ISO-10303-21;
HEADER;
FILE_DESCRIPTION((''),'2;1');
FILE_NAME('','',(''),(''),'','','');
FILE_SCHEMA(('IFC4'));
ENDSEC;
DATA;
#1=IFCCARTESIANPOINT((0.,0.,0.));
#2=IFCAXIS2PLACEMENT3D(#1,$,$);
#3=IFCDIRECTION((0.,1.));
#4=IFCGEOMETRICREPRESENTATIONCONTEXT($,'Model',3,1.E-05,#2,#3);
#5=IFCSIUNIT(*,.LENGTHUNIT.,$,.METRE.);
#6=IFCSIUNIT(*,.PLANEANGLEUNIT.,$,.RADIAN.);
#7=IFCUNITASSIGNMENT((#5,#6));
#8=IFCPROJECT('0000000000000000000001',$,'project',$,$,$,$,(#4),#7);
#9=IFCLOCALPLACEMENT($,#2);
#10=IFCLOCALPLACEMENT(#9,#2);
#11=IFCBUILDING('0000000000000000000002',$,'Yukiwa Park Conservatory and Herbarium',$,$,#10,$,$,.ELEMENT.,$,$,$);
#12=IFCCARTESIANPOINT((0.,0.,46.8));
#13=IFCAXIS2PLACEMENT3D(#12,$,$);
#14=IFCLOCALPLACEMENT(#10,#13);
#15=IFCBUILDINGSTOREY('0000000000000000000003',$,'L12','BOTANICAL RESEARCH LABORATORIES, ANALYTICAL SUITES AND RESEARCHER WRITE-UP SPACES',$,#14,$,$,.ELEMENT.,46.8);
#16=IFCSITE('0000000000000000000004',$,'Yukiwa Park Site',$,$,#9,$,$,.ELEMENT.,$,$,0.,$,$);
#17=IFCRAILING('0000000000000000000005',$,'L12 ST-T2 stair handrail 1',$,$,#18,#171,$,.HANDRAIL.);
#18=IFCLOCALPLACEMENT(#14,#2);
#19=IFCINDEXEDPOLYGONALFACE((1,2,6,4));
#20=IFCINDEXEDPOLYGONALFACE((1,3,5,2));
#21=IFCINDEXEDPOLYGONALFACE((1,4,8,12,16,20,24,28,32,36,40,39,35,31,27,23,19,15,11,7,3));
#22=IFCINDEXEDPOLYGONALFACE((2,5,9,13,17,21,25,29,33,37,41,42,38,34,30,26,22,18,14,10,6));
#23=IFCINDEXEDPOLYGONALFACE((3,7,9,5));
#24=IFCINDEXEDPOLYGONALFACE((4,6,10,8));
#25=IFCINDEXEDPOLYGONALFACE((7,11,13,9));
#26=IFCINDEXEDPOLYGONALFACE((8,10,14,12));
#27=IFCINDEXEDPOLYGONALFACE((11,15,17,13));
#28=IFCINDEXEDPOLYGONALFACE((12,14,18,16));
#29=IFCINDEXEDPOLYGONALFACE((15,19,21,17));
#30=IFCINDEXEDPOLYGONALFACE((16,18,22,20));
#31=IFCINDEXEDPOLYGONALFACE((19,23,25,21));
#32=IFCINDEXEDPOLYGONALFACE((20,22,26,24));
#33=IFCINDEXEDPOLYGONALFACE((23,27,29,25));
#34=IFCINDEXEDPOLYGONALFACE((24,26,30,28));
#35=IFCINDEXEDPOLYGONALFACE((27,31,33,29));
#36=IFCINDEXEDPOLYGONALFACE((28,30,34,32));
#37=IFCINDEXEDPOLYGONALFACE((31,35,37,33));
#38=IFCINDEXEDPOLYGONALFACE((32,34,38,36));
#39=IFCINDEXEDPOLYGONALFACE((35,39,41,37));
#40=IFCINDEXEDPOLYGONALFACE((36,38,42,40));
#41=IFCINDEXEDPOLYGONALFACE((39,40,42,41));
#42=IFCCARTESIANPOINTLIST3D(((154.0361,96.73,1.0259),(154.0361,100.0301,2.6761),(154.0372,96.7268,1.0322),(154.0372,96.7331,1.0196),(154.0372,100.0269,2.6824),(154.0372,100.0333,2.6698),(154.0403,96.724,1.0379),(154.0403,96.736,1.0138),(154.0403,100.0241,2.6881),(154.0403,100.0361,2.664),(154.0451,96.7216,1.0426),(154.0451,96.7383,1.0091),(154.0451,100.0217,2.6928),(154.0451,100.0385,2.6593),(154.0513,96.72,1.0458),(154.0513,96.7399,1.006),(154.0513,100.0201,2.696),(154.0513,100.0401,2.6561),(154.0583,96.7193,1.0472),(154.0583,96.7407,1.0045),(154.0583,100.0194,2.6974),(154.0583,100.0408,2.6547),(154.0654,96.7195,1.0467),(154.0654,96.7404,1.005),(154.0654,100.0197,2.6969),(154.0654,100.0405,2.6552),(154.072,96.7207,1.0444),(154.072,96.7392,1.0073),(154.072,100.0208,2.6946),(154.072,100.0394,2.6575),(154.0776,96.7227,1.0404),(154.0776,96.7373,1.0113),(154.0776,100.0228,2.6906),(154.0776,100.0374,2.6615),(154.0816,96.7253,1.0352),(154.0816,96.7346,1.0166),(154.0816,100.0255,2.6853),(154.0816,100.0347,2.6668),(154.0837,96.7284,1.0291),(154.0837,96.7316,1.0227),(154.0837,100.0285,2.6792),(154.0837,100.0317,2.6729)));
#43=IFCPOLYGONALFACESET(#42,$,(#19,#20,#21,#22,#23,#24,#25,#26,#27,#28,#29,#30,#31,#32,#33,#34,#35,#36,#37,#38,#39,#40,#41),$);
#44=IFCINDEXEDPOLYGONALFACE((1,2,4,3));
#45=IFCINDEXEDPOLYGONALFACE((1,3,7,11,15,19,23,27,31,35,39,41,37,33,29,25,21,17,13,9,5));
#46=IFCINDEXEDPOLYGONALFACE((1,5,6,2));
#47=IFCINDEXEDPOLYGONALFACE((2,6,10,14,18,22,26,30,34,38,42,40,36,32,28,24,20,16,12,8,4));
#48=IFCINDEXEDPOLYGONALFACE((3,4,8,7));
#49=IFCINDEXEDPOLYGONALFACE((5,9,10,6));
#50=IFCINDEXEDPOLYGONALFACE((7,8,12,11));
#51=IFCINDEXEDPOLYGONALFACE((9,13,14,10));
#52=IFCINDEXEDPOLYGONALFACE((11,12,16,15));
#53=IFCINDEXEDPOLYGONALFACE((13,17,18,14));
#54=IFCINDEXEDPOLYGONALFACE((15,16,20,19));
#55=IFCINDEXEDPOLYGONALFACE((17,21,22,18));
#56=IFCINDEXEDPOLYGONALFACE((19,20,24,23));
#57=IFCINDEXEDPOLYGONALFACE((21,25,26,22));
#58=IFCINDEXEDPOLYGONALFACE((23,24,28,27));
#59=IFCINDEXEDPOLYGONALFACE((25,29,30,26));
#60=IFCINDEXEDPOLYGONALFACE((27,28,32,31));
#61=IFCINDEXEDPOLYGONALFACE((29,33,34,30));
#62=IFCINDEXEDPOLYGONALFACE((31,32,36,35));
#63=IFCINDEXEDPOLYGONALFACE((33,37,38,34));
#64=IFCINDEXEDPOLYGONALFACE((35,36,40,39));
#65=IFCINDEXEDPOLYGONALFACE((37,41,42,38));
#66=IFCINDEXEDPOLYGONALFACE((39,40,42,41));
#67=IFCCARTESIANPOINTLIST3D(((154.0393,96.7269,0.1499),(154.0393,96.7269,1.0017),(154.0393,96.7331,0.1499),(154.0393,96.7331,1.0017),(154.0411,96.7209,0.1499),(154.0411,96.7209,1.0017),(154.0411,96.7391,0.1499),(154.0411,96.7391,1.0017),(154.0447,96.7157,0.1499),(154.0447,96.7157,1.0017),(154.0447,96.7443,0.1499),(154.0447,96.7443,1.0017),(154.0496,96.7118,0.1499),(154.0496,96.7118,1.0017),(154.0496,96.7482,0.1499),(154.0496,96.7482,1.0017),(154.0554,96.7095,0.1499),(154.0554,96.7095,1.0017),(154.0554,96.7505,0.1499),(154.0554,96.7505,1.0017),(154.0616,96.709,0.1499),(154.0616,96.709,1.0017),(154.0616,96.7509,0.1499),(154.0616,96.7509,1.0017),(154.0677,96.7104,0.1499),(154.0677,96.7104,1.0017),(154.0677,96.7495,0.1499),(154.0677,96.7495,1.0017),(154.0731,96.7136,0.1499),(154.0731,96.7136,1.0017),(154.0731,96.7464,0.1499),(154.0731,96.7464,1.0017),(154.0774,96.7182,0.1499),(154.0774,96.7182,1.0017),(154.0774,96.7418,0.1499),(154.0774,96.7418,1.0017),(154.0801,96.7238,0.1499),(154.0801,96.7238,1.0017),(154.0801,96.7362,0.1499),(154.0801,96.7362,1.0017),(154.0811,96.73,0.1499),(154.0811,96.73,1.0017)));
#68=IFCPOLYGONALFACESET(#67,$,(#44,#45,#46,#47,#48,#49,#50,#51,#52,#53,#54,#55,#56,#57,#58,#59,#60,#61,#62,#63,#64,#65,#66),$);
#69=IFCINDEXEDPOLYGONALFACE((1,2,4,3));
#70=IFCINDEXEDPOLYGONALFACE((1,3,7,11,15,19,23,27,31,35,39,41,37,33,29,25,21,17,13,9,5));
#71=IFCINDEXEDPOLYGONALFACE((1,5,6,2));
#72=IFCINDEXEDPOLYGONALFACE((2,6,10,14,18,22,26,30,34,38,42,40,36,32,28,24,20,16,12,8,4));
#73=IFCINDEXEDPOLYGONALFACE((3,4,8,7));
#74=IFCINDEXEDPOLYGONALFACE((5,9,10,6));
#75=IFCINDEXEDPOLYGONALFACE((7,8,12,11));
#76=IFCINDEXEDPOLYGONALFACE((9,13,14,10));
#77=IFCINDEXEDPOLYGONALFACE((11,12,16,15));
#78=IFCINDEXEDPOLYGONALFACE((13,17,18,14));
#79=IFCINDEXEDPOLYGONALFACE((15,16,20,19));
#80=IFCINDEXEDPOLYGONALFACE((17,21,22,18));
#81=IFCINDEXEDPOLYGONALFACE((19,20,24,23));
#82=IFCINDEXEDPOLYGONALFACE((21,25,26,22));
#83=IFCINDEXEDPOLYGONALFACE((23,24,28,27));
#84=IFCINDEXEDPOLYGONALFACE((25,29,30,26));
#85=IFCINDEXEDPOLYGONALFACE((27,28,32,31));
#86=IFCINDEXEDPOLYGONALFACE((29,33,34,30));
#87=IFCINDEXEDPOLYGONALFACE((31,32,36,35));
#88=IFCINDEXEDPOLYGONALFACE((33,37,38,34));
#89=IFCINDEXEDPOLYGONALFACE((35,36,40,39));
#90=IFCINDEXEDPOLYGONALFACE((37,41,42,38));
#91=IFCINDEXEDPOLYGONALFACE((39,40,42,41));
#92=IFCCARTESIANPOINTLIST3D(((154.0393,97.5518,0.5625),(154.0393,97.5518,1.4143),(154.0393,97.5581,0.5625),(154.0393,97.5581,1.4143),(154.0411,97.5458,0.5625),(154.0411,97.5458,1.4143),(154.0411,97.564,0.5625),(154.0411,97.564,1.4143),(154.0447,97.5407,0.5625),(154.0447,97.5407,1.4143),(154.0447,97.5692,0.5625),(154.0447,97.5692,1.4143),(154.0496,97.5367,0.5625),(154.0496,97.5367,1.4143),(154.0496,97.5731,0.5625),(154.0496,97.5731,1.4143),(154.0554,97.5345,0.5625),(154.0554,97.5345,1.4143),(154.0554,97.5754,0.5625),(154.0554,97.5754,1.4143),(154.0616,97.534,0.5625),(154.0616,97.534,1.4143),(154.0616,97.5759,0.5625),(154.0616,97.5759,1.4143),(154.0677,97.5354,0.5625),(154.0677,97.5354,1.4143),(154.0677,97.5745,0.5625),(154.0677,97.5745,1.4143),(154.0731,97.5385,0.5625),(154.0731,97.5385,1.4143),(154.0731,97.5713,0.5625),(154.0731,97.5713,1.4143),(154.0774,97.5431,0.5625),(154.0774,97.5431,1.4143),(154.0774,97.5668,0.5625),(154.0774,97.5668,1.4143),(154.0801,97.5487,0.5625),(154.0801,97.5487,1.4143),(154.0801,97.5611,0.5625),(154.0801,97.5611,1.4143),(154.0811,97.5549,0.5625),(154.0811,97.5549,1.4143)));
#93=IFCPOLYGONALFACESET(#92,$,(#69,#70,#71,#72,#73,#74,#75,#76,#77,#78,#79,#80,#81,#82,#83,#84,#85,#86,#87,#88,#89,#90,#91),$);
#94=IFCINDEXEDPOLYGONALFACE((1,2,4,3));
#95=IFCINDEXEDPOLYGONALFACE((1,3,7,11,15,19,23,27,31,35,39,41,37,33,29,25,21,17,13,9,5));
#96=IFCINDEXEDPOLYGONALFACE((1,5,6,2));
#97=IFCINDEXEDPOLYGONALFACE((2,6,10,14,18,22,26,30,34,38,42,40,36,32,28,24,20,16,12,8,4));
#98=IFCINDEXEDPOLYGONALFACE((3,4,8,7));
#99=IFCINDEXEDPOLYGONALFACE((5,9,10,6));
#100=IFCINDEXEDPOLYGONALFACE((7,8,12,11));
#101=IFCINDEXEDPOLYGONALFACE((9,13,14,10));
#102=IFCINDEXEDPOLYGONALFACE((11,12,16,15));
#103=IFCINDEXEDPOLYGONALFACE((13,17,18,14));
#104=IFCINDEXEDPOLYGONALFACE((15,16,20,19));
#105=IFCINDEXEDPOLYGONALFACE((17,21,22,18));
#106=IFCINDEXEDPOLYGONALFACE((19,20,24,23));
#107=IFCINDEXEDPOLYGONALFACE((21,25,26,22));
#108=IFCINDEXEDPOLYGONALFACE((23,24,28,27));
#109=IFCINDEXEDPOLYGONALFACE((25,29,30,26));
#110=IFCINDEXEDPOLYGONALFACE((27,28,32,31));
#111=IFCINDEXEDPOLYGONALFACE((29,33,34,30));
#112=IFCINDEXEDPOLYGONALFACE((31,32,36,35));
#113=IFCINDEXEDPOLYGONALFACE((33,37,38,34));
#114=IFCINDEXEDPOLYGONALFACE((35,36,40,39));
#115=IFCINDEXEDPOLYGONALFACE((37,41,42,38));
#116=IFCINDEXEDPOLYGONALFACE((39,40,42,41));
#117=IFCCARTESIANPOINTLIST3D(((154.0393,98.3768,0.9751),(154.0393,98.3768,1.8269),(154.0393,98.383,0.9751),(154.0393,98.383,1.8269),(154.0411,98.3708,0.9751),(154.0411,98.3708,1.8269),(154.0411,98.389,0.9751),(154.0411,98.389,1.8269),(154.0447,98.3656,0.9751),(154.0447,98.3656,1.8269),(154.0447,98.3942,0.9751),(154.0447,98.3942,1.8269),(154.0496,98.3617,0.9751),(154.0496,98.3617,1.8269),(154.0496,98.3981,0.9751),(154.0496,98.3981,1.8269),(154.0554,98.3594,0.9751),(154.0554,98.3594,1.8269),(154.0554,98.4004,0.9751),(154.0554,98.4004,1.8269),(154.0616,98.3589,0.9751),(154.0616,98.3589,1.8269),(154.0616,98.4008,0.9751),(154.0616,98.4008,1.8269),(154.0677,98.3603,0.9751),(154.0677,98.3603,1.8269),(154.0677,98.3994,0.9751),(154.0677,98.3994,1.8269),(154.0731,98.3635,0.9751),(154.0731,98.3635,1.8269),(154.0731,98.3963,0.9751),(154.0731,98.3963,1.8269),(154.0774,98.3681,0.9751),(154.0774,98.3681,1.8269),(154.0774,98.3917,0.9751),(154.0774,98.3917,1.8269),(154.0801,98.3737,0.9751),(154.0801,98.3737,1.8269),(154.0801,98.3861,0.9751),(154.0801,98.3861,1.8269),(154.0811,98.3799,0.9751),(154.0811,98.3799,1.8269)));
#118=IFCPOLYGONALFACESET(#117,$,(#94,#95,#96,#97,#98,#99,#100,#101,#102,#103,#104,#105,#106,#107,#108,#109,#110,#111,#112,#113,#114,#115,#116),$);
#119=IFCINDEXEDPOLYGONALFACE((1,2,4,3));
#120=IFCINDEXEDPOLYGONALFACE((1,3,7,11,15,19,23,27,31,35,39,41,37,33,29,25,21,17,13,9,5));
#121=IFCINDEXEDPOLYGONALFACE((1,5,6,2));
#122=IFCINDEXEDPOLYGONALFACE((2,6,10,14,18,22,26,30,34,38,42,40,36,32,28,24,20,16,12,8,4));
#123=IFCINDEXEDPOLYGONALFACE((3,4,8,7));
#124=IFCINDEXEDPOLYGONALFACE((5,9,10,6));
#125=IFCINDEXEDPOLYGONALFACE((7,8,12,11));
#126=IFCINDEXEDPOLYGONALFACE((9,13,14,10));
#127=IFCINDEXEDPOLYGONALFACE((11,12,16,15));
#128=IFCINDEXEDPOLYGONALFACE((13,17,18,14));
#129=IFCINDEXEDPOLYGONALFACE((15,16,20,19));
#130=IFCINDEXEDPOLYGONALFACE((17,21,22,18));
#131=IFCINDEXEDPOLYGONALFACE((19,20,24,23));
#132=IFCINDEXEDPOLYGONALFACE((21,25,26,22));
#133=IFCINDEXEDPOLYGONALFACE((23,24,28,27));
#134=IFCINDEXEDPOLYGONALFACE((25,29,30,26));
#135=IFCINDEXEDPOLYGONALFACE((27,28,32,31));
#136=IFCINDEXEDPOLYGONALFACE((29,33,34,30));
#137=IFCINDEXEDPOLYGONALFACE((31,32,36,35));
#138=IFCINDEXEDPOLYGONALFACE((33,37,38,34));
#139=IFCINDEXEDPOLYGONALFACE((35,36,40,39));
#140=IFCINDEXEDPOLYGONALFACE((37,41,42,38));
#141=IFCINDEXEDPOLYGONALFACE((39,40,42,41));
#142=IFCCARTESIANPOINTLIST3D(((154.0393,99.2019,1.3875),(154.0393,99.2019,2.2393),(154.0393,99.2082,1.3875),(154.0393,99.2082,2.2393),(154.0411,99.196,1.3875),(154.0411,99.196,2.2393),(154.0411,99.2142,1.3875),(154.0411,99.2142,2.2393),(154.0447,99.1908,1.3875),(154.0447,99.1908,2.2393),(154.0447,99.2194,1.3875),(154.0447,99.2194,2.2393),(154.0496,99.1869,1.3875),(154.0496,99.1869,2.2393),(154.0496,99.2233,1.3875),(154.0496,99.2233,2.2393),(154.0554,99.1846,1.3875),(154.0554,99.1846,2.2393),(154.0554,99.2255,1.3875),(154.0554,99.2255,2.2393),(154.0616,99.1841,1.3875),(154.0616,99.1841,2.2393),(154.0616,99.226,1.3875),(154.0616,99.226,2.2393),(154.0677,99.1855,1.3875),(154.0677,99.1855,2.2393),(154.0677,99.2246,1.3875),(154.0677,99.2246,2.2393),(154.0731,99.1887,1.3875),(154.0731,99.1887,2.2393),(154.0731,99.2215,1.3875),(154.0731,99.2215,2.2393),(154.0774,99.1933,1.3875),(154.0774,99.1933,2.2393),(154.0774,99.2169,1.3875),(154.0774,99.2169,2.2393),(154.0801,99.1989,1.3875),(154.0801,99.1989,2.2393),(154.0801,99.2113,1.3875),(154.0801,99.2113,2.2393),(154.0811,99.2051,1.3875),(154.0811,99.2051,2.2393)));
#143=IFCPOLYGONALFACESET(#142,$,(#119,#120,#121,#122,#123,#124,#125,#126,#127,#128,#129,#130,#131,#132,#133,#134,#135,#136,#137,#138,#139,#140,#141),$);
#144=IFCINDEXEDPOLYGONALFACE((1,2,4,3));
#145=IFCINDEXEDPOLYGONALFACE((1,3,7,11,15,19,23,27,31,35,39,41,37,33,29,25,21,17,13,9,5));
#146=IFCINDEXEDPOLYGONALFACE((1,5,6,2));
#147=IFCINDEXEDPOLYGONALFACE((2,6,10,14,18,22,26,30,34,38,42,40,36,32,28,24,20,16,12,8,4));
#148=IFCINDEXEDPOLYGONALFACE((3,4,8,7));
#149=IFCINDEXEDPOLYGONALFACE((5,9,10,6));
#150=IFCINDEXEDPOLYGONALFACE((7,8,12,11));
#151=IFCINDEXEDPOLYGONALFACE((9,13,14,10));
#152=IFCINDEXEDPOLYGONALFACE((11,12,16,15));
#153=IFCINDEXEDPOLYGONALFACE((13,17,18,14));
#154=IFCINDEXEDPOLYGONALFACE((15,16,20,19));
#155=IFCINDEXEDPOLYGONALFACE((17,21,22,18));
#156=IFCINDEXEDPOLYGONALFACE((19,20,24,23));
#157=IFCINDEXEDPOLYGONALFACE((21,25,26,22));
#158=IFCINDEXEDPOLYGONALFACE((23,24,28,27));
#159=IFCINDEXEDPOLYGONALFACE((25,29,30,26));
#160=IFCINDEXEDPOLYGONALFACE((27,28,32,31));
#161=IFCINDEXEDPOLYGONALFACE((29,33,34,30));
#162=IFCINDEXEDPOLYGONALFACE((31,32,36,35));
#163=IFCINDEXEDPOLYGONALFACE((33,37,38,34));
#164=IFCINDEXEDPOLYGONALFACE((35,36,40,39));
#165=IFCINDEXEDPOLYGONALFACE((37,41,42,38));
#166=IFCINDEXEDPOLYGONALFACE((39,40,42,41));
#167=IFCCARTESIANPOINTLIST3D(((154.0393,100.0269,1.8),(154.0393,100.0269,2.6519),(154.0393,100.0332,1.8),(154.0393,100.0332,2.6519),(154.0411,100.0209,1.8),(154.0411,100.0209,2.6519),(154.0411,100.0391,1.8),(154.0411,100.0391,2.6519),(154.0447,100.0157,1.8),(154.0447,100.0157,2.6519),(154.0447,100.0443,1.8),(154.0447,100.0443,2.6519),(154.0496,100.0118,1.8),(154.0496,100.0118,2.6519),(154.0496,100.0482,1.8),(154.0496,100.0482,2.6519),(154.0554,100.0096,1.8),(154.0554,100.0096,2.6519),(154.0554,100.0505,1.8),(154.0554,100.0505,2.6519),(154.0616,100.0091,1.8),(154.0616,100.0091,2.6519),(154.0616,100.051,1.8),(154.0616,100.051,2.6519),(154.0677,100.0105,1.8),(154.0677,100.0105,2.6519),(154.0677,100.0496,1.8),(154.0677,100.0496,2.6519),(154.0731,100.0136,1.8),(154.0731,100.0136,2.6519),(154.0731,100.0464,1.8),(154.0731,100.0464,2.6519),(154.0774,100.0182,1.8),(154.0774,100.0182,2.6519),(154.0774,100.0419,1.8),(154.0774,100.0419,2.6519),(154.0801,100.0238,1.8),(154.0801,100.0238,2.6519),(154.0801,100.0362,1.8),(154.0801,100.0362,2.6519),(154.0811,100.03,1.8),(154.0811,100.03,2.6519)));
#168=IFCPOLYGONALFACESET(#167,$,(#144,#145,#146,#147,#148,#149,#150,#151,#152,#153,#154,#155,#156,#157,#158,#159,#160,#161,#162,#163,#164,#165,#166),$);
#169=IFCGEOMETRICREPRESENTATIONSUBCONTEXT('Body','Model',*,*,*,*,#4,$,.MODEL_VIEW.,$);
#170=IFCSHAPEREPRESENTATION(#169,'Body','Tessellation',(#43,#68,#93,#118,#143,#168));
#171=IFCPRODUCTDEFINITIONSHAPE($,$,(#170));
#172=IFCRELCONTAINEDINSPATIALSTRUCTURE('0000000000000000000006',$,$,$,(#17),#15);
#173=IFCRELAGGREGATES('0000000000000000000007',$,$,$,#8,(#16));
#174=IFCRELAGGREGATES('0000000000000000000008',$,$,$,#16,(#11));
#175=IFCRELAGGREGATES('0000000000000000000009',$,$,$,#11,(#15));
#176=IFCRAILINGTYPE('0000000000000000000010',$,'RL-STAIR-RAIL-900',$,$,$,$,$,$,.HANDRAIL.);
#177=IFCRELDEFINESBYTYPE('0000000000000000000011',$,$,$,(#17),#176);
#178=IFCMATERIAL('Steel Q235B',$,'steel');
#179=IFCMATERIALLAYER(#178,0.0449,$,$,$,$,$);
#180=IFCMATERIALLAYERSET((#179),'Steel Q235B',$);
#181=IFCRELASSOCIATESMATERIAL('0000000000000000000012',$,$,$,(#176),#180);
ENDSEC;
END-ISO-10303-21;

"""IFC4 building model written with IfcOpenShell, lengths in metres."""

from ifc_helpers import new_model, si_unit, direction, frame, origin, origin_2d, place, context, subcontext, project, spatial, circle, extrude, material, layer, layer_set, type_object, element, save


model = new_model("IFC4")

# Units and contexts
model_context = context("Model", 3, precision=1e-05, world=origin(), true_north=direction((0.0, 1.0)))
body_context = subcontext(model_context, "Body", "Model", "MODEL_VIEW")
ifc_project = project(units=[si_unit("LENGTHUNIT", "METRE"), si_unit("PLANEANGLEUNIT", "RADIAN")], contexts=[model_context])

# Site, building, storey
site_placement = place(None, origin())
site = spatial("IfcSite", under=ifc_project, at=site_placement, Name="Yukiwa Park Site", CompositionType="ELEMENT", RefElevation=0.0)
building_placement = place(site_placement, origin())
building = spatial("IfcBuilding", under=site, at=building_placement, Name="Yukiwa Park Conservatory and Herbarium", CompositionType="ELEMENT")
storey_placement = place(building_placement, frame((0.0, 0.0, 46.8)))
storey = spatial("IfcBuildingStorey", under=building, at=storey_placement, Name="L12", Description="BOTANICAL RESEARCH LABORATORIES, ANALYTICAL SUITES AND RESEARCHER WRITE-UP SPACES", CompositionType="ELEMENT", Elevation=46.8)

# Railing
ifc_material_1 = material(Name="Steel Q235B", Category="steel")
ifc_layer_1 = layer(ifc_material_1, 0.0449)
ifc_layer_set_1 = layer_set([ifc_layer_1], Name="Steel Q235B")
railing_type_1 = type_object("IfcRailingType", Name="RL-STAIR-RAIL-900", PredefinedType="HANDRAIL", material=ifc_layer_set_1)
railing_1_placement = place(storey_placement, frame((154.0601, 96.73, 0.1499)))
element("IfcRailing", 1, at=railing_1_placement, inside=storey, type_object=railing_type_1, Name="L12 ST-T2 stair handrail 1", PredefinedType="HANDRAIL", context=body_context, shape_type="SweptSolid", body=[
    extrude(circle(Radius=0.0239, at=origin_2d()), frame((0.0, 0.0, 0.876), z_axis=(0.0, 0.894414, 0.44724), x_axis=(-1.0, 0.0, 0.0)), (0.0, 0.0, 1.0), 3.6897),
    extrude(circle(Radius=0.021, at=origin_2d()), origin(), (0.0, 0.0, 1.0), 0.8518),
    extrude(circle(Radius=0.021, at=origin_2d()), frame((0.0, 0.825, 0.4126)), (0.0, 0.0, 1.0), 0.8518),
    extrude(circle(Radius=0.021, at=origin_2d()), frame((0.0, 1.6499, 0.8252)), (0.0, 0.0, 1.0), 0.8518),
    extrude(circle(Radius=0.021, at=origin_2d()), frame((0.0, 2.4751, 1.2375)), (0.0, 0.0, 1.0), 0.8518),
    extrude(circle(Radius=0.021, at=origin_2d()), frame((0.0, 3.3, 1.6501)), (0.0, 0.0, 1.0), 0.8518),
])

save(model, "model.ifc")
